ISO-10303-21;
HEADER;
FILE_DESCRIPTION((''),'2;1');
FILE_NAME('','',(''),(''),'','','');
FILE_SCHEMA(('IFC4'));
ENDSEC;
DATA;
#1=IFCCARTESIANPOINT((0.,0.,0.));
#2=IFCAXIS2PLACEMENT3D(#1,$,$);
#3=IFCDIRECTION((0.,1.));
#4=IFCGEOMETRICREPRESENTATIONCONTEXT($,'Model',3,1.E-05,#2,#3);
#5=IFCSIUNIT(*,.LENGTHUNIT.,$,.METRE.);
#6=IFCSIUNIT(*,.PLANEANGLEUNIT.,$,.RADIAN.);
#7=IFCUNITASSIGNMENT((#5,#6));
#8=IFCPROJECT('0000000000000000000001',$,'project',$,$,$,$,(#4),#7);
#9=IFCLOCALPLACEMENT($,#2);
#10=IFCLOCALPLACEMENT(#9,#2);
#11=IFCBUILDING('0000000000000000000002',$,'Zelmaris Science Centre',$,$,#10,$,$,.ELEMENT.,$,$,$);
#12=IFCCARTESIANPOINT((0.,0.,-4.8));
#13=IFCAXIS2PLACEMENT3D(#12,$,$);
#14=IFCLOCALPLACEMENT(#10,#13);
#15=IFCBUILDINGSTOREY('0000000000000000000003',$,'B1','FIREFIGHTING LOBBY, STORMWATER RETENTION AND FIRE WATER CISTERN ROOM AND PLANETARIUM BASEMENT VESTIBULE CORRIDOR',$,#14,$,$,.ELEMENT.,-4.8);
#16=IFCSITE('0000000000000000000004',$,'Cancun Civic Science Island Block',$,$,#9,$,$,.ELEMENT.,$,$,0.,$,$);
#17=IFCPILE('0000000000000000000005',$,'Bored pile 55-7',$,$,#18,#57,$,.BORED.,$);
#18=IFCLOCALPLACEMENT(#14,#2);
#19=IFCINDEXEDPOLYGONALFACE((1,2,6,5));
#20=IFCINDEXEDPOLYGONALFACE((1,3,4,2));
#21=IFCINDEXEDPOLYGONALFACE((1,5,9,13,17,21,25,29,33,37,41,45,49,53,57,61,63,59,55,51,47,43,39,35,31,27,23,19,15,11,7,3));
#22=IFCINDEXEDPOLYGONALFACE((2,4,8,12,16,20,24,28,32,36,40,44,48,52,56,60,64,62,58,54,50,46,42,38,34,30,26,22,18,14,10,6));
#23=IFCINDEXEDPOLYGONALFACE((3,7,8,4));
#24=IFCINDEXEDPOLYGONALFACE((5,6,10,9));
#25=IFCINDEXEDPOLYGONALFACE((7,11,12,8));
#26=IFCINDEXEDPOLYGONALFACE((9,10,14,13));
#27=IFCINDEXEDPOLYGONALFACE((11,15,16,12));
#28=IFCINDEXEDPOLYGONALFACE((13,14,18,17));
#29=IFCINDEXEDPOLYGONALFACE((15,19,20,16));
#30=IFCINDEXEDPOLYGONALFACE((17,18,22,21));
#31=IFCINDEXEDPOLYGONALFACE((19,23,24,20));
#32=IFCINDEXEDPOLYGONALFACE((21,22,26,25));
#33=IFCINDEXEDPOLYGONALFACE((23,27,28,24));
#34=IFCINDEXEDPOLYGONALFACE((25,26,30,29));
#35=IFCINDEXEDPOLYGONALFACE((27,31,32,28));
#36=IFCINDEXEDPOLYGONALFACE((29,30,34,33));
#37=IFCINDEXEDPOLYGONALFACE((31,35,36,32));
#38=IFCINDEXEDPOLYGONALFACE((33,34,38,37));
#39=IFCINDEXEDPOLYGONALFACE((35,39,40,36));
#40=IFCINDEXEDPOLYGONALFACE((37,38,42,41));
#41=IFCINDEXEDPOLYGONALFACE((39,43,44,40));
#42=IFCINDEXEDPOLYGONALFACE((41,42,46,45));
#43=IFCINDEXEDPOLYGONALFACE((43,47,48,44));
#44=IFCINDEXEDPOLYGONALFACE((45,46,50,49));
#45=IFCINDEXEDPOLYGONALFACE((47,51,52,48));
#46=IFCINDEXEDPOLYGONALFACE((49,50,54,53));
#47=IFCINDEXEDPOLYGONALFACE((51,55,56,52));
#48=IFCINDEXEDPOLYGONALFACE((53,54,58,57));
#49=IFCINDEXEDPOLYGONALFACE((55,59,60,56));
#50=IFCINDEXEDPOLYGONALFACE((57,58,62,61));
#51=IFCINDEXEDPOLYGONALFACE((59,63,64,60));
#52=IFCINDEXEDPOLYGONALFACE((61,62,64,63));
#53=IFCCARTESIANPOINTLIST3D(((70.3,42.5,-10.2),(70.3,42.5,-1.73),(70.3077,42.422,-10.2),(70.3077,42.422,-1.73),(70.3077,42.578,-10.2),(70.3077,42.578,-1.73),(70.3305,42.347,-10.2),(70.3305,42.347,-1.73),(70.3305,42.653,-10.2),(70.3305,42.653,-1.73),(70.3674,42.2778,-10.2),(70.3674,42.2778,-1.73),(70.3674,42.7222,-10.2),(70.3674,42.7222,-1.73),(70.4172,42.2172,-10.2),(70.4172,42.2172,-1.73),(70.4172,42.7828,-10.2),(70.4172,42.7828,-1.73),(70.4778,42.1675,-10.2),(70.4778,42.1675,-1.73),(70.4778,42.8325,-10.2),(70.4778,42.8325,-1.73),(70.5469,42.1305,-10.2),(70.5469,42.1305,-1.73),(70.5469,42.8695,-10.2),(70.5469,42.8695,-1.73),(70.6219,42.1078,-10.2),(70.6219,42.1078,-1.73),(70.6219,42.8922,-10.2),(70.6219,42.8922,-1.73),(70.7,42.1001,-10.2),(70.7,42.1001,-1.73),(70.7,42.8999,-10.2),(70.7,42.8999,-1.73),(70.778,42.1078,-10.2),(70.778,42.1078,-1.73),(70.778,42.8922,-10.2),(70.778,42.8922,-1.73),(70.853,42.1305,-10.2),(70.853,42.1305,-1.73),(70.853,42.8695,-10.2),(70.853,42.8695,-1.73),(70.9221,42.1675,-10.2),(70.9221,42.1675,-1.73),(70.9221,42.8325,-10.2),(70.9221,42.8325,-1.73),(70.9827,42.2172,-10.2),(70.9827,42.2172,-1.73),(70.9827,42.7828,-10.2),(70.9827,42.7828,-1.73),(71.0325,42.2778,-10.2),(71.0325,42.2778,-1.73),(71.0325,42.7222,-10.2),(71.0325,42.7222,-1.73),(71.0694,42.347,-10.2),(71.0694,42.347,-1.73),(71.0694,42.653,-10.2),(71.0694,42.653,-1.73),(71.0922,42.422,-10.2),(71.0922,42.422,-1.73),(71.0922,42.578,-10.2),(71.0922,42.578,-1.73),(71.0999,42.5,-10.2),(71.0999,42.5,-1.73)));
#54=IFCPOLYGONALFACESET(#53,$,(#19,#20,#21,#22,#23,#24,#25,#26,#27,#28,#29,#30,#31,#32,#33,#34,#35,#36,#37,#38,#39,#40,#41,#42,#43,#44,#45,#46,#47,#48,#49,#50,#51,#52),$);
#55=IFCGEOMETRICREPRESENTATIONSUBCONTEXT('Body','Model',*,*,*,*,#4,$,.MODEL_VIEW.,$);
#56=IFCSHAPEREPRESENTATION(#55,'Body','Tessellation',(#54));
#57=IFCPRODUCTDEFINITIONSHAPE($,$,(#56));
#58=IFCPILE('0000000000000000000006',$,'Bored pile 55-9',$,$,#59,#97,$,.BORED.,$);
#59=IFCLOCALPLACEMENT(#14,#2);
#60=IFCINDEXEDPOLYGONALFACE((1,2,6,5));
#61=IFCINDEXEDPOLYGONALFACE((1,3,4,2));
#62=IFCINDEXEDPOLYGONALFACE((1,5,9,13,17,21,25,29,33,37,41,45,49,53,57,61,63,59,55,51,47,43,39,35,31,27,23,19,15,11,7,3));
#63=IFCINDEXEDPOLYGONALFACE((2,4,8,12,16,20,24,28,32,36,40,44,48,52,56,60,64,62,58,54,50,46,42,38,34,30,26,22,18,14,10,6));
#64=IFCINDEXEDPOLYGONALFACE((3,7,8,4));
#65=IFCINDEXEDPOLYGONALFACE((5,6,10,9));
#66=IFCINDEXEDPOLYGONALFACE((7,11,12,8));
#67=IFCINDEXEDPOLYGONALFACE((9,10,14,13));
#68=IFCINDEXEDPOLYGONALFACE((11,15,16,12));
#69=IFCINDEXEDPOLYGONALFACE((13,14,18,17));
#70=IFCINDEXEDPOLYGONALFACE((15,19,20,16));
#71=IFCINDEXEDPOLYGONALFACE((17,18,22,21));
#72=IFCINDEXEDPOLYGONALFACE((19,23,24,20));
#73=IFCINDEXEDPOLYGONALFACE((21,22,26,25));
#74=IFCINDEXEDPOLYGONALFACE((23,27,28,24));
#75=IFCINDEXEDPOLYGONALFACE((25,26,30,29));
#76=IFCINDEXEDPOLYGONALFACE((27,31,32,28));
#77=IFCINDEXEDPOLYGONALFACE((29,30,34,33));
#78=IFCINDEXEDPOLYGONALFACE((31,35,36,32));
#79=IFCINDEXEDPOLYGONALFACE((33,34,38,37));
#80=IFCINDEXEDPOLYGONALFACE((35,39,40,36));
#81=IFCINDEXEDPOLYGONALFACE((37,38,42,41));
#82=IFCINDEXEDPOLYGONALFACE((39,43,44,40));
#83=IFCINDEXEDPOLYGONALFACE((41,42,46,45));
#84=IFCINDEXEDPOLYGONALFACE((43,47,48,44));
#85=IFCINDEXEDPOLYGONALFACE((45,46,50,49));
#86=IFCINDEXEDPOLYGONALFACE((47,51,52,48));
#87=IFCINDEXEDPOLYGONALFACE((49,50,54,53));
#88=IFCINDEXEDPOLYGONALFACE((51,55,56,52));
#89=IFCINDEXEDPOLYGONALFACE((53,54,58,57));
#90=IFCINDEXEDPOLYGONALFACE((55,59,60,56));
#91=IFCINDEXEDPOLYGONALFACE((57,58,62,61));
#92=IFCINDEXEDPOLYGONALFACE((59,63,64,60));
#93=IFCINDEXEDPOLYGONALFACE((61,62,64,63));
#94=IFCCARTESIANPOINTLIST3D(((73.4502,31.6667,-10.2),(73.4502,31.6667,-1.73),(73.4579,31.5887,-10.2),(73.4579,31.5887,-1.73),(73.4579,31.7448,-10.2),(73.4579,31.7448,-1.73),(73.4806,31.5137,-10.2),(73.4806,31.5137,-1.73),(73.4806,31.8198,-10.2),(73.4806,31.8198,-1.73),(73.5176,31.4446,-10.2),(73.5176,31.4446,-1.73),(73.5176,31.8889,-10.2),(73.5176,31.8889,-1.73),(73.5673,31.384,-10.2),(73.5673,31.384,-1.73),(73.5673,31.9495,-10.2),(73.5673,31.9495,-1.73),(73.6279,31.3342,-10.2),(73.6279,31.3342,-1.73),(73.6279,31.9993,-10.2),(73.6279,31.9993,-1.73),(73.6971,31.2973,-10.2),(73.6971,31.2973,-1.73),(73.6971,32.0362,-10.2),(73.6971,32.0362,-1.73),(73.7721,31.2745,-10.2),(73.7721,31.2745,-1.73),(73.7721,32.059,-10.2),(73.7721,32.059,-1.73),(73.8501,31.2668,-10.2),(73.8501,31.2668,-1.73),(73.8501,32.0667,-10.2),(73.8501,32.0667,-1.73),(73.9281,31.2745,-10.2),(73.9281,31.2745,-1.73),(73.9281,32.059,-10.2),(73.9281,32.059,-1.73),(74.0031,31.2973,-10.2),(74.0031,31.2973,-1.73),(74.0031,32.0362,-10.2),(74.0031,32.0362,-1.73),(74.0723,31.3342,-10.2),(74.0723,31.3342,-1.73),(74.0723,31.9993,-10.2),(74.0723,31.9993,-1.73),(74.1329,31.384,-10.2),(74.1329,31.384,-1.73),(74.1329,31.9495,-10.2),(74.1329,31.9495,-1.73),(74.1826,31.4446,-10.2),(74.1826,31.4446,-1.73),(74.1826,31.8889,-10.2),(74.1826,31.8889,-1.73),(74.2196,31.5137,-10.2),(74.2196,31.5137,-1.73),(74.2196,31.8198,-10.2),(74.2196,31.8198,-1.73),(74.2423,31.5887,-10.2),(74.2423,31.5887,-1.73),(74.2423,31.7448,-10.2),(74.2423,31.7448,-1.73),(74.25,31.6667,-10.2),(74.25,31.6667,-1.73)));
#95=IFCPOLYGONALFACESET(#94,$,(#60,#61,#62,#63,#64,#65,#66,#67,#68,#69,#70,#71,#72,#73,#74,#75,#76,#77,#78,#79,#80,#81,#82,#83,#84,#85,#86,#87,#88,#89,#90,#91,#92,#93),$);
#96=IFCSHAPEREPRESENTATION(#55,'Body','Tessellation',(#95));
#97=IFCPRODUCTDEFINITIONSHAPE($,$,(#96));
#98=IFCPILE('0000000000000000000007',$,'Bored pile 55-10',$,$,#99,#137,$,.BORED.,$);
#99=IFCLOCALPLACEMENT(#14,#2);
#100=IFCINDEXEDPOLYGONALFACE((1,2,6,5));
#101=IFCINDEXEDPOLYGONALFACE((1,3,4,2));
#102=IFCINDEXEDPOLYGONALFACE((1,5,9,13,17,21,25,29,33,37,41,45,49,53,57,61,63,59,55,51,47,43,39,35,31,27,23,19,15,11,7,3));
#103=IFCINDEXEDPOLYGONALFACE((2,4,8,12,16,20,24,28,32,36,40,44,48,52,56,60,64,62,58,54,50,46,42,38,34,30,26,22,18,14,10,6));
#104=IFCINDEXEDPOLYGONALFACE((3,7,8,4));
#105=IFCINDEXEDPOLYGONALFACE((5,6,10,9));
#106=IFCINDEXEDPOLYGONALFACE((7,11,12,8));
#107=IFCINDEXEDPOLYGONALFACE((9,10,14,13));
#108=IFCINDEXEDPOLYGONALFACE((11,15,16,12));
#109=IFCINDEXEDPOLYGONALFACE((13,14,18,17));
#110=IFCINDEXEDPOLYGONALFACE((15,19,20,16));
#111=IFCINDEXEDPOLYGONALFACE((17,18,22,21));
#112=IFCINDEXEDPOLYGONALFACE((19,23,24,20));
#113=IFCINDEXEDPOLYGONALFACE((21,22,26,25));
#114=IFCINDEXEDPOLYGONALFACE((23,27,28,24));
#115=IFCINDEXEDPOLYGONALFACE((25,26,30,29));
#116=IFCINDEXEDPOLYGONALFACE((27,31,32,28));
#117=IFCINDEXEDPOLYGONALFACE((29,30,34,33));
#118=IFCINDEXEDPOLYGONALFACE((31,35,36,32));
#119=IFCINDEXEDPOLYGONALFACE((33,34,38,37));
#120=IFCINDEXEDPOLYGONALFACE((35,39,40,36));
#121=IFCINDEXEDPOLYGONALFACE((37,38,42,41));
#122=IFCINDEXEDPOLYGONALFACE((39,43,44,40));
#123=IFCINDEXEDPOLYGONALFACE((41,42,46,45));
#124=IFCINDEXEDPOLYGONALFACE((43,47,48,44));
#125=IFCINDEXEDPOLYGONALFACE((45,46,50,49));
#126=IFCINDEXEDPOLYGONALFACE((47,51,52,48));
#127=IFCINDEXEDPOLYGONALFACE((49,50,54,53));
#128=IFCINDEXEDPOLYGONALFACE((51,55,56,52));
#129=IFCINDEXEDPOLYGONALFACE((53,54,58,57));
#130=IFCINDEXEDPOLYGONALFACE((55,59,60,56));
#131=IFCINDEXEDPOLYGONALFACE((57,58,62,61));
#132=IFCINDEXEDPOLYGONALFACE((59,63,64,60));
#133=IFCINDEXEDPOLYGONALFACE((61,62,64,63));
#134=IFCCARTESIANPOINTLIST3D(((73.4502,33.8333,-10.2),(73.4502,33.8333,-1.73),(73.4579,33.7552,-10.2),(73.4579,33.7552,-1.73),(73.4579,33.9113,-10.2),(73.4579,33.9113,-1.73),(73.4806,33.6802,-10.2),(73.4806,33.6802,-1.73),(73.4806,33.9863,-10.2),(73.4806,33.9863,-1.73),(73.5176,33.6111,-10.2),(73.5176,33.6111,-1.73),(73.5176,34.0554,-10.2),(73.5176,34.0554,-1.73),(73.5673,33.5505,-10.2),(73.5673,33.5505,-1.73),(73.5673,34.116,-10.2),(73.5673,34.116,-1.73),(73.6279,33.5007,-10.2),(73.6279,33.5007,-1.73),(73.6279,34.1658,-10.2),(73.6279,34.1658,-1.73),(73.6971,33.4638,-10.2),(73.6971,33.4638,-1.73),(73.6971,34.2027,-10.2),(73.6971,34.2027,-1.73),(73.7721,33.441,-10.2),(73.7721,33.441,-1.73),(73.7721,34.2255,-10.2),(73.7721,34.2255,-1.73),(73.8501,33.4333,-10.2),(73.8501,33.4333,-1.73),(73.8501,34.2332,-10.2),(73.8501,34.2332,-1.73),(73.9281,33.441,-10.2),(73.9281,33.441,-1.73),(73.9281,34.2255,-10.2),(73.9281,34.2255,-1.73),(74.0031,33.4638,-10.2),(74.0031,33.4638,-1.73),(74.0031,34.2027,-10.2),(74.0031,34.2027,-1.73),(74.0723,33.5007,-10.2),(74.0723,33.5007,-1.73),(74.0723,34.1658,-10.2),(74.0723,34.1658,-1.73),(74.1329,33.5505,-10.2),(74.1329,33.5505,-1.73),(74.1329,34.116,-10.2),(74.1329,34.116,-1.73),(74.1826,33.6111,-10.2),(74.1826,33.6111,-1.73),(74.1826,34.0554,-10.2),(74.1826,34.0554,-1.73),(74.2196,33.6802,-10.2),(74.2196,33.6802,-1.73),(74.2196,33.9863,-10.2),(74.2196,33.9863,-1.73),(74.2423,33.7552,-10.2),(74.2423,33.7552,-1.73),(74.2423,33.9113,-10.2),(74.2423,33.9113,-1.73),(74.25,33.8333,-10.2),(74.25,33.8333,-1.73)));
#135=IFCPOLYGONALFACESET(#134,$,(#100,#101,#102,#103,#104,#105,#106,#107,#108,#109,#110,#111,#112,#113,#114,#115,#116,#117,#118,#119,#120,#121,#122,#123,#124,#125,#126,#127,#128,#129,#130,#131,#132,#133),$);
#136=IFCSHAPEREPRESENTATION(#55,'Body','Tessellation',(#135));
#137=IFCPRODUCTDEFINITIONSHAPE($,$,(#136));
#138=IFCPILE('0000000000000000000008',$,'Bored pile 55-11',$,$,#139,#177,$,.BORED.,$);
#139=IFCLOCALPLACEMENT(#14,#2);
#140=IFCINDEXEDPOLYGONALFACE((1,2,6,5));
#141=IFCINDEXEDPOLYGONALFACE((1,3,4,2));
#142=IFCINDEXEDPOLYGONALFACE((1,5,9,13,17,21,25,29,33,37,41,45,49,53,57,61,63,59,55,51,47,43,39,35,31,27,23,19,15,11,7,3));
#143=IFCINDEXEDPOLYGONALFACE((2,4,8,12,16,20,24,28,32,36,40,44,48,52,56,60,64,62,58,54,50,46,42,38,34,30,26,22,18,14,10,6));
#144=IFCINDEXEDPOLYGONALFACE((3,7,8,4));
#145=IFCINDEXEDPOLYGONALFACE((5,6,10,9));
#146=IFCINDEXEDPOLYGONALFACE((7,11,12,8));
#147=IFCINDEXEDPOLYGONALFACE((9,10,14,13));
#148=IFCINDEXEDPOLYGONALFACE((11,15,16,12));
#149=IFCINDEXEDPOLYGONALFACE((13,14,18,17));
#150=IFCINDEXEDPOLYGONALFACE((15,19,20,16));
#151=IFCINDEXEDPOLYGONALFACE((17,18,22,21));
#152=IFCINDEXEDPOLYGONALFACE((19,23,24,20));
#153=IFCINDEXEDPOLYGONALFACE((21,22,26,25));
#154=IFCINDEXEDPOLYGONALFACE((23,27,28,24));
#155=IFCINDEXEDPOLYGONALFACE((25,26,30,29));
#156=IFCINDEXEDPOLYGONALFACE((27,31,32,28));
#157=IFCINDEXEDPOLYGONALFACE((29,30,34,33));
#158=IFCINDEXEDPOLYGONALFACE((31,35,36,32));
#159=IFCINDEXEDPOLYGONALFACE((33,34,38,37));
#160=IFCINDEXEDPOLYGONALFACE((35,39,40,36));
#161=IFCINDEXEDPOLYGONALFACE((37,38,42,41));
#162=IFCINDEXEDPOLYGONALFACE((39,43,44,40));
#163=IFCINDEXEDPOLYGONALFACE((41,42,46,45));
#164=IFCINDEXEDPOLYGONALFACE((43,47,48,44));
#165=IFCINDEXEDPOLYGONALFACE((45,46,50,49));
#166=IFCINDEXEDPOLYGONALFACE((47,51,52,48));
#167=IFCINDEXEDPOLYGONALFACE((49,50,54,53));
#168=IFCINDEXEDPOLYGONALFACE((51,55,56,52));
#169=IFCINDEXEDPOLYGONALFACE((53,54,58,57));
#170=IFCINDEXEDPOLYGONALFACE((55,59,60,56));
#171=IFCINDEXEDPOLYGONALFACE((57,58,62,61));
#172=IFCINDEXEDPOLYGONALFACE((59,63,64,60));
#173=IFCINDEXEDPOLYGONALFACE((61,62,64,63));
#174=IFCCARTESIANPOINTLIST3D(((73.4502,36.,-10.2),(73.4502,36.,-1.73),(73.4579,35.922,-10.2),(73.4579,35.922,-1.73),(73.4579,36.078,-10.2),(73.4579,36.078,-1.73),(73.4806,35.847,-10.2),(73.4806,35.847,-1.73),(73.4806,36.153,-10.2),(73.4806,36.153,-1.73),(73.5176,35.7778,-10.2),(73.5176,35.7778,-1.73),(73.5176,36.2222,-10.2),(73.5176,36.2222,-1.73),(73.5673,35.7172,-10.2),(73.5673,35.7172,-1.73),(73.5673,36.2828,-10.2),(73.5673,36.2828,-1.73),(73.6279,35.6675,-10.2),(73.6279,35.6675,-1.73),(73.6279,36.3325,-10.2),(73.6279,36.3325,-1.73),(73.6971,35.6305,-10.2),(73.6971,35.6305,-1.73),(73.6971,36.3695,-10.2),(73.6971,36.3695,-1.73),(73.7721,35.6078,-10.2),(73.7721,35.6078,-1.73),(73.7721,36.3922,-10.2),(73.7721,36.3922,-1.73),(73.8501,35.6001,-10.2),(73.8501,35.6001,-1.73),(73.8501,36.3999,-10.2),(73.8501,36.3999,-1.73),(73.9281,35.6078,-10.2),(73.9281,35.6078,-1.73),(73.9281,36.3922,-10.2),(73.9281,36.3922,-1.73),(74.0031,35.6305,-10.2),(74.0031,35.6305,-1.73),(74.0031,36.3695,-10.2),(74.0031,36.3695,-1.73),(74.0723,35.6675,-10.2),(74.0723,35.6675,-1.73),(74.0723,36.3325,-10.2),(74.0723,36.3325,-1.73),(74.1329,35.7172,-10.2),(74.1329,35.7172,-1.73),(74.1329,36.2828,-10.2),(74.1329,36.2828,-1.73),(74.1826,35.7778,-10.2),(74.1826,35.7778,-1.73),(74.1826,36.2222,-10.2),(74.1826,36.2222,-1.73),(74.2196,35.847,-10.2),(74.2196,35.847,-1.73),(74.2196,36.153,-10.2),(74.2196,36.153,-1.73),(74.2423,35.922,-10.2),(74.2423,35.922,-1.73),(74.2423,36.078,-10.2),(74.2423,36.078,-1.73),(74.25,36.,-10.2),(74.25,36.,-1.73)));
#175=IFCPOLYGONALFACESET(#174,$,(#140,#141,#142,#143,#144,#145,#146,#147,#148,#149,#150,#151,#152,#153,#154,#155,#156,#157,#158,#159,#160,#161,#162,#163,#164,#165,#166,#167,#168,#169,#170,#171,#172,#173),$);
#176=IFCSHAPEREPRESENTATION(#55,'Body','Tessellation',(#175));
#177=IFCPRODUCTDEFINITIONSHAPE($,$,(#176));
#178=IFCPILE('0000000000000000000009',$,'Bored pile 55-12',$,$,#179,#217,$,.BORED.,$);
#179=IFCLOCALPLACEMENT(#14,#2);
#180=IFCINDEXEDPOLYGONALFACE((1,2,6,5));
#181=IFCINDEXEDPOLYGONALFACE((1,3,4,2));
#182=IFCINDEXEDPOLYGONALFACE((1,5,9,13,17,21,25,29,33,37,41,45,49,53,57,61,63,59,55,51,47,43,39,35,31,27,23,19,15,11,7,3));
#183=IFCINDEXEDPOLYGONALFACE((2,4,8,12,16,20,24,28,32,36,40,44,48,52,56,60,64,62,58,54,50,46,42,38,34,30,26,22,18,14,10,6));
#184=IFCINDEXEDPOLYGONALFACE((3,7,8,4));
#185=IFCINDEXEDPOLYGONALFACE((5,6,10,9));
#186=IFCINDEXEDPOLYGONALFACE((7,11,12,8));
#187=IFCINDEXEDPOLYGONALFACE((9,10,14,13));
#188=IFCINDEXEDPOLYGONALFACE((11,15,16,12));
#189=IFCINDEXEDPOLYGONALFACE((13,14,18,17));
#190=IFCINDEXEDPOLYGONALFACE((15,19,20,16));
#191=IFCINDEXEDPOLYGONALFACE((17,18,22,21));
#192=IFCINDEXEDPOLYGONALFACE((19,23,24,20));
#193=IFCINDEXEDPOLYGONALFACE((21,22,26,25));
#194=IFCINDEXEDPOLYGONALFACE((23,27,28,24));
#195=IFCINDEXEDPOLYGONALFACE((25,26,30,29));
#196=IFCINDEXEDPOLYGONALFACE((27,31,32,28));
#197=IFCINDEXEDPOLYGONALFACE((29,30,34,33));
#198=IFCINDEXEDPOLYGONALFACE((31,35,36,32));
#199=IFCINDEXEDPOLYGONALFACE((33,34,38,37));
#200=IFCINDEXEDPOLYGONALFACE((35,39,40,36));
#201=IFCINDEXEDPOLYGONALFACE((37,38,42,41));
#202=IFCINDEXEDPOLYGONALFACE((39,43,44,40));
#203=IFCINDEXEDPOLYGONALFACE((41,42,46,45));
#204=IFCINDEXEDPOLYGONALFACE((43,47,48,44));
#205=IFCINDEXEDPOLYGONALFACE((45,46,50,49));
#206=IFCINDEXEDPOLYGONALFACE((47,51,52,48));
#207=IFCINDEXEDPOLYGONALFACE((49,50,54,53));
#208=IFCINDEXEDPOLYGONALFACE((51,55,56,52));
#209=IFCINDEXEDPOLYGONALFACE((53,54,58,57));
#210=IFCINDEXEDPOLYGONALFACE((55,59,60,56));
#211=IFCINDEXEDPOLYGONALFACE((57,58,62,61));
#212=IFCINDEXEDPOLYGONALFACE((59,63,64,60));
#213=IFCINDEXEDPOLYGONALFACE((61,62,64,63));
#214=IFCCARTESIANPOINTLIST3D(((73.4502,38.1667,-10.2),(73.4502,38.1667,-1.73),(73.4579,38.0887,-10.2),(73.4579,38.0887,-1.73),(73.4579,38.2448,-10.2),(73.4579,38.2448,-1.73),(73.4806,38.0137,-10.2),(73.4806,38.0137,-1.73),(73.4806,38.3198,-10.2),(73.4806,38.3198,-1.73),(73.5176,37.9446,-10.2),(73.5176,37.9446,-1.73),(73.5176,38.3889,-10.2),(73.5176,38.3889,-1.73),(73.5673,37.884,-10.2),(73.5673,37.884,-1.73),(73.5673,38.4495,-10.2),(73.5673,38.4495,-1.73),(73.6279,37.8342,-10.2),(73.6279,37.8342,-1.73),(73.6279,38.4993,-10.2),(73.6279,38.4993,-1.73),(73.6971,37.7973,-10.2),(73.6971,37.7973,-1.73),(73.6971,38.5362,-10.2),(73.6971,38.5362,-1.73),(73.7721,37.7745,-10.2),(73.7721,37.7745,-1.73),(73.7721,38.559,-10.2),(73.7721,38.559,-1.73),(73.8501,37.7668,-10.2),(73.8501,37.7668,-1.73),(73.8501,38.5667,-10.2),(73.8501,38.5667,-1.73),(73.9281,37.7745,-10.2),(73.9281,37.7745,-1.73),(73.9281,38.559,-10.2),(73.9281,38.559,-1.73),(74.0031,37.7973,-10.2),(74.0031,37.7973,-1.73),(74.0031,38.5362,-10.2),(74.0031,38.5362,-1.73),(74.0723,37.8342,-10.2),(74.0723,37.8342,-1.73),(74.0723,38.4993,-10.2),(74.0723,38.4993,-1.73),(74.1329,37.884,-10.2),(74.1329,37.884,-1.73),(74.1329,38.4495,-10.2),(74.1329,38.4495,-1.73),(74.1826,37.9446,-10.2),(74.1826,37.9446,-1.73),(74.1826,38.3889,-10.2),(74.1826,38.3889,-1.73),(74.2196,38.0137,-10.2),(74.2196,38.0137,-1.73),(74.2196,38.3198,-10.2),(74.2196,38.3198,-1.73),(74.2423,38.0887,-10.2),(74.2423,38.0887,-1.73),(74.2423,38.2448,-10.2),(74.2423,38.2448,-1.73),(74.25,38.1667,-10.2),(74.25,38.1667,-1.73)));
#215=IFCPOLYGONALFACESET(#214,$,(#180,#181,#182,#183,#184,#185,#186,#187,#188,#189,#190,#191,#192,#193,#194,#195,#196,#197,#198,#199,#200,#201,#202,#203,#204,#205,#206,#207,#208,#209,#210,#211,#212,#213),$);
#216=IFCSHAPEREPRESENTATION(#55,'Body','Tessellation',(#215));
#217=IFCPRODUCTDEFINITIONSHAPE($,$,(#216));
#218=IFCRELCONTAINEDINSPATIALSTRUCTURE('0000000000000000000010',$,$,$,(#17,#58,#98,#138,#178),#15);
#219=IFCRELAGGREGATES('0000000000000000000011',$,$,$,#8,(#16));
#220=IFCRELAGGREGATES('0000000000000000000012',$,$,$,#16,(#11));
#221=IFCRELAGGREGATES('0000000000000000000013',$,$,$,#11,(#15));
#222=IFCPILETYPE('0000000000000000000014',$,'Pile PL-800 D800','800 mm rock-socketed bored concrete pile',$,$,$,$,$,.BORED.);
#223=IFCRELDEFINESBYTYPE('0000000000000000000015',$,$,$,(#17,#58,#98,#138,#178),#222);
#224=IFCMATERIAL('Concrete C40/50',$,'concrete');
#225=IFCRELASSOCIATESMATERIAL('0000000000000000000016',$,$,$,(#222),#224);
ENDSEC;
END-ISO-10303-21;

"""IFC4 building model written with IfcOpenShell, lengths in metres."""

from ifc_helpers import new_model, si_unit, direction, frame, origin, origin_2d, place, context, subcontext, project, spatial, circle, extrude, material, material_profile, profile_set, type_object, element, save


model = new_model("IFC4")

# Units and contexts
model_context = context("Model", 3, precision=1e-05, world=origin(), true_north=direction((0.0, 1.0)))
body_context = subcontext(model_context, "Body", "Model", "MODEL_VIEW")
ifc_project = project(units=[si_unit("LENGTHUNIT", "METRE"), si_unit("PLANEANGLEUNIT", "RADIAN")], contexts=[model_context])

# Site, building, storey
site_placement = place(None, origin())
site = spatial("IfcSite", under=ifc_project, at=site_placement, Name="Cancun Civic Science Island Block", CompositionType="ELEMENT", RefElevation=0.0)
building_placement = place(site_placement, origin())
building = spatial("IfcBuilding", under=site, at=building_placement, Name="Zelmaris Science Centre", CompositionType="ELEMENT")
storey_placement = place(building_placement, frame((0.0, 0.0, -4.8)))
storey = spatial("IfcBuildingStorey", under=building, at=storey_placement, Name="B1", Description="FIREFIGHTING LOBBY, STORMWATER RETENTION AND FIRE WATER CISTERN ROOM AND PLANETARIUM BASEMENT VESTIBULE CORRIDOR", CompositionType="ELEMENT", Elevation=-4.8)

# Piles
ifc_material_1 = material(Name="Concrete C40/50", Category="concrete")
ifc_material_profile = material_profile(ifc_material_1, circle(Radius=0.3999, at=origin_2d()), Name="PILE-800")
ifc_profile_set = profile_set([ifc_material_profile], Name="Concrete C40/50")
pile_type = type_object("IfcPileType", Name="Pile PL-800 D800", Description="800 mm rock-socketed bored concrete pile", PredefinedType="BORED", material=ifc_profile_set)
for number, where, z_axis, x_axis, name in (
    (1, (70.7, 42.5, -1.73), (0.0, 0.0, -1.0), (1.0, 0.0, 0.0), "Bored pile 55-7"),
    (2, (73.8501, 31.6667, -1.73), (0.0, 0.0, -1.0), (1.0, 0.0, 0.0), "Bored pile 55-9"),
    (3, (73.8501, 33.8333, -1.73), (0.0, 0.0, -1.0), (1.0, 0.0, 0.0), "Bored pile 55-10"),
    (4, (73.8501, 36.0, -1.73), (0.0, 0.0, -1.0), (1.0, 0.0, 0.0), "Bored pile 55-11"),
    (5, (73.8501, 38.1667, -1.73), (0.0, 0.0, -1.0), (1.0, 0.0, 0.0), "Bored pile 55-12"),
):
    element("IfcPile", number, at=place(storey_placement, frame(where, z_axis=z_axis, x_axis=x_axis)), inside=storey, type_object=pile_type, Name=name, PredefinedType="BORED", context=body_context, shape_type="SweptSolid", body=[
        extrude(circle(Radius=0.3999, at=origin_2d()), origin(), (0.0, 0.0, 1.0), 8.47),
    ])

save(model, "model.ifc")
